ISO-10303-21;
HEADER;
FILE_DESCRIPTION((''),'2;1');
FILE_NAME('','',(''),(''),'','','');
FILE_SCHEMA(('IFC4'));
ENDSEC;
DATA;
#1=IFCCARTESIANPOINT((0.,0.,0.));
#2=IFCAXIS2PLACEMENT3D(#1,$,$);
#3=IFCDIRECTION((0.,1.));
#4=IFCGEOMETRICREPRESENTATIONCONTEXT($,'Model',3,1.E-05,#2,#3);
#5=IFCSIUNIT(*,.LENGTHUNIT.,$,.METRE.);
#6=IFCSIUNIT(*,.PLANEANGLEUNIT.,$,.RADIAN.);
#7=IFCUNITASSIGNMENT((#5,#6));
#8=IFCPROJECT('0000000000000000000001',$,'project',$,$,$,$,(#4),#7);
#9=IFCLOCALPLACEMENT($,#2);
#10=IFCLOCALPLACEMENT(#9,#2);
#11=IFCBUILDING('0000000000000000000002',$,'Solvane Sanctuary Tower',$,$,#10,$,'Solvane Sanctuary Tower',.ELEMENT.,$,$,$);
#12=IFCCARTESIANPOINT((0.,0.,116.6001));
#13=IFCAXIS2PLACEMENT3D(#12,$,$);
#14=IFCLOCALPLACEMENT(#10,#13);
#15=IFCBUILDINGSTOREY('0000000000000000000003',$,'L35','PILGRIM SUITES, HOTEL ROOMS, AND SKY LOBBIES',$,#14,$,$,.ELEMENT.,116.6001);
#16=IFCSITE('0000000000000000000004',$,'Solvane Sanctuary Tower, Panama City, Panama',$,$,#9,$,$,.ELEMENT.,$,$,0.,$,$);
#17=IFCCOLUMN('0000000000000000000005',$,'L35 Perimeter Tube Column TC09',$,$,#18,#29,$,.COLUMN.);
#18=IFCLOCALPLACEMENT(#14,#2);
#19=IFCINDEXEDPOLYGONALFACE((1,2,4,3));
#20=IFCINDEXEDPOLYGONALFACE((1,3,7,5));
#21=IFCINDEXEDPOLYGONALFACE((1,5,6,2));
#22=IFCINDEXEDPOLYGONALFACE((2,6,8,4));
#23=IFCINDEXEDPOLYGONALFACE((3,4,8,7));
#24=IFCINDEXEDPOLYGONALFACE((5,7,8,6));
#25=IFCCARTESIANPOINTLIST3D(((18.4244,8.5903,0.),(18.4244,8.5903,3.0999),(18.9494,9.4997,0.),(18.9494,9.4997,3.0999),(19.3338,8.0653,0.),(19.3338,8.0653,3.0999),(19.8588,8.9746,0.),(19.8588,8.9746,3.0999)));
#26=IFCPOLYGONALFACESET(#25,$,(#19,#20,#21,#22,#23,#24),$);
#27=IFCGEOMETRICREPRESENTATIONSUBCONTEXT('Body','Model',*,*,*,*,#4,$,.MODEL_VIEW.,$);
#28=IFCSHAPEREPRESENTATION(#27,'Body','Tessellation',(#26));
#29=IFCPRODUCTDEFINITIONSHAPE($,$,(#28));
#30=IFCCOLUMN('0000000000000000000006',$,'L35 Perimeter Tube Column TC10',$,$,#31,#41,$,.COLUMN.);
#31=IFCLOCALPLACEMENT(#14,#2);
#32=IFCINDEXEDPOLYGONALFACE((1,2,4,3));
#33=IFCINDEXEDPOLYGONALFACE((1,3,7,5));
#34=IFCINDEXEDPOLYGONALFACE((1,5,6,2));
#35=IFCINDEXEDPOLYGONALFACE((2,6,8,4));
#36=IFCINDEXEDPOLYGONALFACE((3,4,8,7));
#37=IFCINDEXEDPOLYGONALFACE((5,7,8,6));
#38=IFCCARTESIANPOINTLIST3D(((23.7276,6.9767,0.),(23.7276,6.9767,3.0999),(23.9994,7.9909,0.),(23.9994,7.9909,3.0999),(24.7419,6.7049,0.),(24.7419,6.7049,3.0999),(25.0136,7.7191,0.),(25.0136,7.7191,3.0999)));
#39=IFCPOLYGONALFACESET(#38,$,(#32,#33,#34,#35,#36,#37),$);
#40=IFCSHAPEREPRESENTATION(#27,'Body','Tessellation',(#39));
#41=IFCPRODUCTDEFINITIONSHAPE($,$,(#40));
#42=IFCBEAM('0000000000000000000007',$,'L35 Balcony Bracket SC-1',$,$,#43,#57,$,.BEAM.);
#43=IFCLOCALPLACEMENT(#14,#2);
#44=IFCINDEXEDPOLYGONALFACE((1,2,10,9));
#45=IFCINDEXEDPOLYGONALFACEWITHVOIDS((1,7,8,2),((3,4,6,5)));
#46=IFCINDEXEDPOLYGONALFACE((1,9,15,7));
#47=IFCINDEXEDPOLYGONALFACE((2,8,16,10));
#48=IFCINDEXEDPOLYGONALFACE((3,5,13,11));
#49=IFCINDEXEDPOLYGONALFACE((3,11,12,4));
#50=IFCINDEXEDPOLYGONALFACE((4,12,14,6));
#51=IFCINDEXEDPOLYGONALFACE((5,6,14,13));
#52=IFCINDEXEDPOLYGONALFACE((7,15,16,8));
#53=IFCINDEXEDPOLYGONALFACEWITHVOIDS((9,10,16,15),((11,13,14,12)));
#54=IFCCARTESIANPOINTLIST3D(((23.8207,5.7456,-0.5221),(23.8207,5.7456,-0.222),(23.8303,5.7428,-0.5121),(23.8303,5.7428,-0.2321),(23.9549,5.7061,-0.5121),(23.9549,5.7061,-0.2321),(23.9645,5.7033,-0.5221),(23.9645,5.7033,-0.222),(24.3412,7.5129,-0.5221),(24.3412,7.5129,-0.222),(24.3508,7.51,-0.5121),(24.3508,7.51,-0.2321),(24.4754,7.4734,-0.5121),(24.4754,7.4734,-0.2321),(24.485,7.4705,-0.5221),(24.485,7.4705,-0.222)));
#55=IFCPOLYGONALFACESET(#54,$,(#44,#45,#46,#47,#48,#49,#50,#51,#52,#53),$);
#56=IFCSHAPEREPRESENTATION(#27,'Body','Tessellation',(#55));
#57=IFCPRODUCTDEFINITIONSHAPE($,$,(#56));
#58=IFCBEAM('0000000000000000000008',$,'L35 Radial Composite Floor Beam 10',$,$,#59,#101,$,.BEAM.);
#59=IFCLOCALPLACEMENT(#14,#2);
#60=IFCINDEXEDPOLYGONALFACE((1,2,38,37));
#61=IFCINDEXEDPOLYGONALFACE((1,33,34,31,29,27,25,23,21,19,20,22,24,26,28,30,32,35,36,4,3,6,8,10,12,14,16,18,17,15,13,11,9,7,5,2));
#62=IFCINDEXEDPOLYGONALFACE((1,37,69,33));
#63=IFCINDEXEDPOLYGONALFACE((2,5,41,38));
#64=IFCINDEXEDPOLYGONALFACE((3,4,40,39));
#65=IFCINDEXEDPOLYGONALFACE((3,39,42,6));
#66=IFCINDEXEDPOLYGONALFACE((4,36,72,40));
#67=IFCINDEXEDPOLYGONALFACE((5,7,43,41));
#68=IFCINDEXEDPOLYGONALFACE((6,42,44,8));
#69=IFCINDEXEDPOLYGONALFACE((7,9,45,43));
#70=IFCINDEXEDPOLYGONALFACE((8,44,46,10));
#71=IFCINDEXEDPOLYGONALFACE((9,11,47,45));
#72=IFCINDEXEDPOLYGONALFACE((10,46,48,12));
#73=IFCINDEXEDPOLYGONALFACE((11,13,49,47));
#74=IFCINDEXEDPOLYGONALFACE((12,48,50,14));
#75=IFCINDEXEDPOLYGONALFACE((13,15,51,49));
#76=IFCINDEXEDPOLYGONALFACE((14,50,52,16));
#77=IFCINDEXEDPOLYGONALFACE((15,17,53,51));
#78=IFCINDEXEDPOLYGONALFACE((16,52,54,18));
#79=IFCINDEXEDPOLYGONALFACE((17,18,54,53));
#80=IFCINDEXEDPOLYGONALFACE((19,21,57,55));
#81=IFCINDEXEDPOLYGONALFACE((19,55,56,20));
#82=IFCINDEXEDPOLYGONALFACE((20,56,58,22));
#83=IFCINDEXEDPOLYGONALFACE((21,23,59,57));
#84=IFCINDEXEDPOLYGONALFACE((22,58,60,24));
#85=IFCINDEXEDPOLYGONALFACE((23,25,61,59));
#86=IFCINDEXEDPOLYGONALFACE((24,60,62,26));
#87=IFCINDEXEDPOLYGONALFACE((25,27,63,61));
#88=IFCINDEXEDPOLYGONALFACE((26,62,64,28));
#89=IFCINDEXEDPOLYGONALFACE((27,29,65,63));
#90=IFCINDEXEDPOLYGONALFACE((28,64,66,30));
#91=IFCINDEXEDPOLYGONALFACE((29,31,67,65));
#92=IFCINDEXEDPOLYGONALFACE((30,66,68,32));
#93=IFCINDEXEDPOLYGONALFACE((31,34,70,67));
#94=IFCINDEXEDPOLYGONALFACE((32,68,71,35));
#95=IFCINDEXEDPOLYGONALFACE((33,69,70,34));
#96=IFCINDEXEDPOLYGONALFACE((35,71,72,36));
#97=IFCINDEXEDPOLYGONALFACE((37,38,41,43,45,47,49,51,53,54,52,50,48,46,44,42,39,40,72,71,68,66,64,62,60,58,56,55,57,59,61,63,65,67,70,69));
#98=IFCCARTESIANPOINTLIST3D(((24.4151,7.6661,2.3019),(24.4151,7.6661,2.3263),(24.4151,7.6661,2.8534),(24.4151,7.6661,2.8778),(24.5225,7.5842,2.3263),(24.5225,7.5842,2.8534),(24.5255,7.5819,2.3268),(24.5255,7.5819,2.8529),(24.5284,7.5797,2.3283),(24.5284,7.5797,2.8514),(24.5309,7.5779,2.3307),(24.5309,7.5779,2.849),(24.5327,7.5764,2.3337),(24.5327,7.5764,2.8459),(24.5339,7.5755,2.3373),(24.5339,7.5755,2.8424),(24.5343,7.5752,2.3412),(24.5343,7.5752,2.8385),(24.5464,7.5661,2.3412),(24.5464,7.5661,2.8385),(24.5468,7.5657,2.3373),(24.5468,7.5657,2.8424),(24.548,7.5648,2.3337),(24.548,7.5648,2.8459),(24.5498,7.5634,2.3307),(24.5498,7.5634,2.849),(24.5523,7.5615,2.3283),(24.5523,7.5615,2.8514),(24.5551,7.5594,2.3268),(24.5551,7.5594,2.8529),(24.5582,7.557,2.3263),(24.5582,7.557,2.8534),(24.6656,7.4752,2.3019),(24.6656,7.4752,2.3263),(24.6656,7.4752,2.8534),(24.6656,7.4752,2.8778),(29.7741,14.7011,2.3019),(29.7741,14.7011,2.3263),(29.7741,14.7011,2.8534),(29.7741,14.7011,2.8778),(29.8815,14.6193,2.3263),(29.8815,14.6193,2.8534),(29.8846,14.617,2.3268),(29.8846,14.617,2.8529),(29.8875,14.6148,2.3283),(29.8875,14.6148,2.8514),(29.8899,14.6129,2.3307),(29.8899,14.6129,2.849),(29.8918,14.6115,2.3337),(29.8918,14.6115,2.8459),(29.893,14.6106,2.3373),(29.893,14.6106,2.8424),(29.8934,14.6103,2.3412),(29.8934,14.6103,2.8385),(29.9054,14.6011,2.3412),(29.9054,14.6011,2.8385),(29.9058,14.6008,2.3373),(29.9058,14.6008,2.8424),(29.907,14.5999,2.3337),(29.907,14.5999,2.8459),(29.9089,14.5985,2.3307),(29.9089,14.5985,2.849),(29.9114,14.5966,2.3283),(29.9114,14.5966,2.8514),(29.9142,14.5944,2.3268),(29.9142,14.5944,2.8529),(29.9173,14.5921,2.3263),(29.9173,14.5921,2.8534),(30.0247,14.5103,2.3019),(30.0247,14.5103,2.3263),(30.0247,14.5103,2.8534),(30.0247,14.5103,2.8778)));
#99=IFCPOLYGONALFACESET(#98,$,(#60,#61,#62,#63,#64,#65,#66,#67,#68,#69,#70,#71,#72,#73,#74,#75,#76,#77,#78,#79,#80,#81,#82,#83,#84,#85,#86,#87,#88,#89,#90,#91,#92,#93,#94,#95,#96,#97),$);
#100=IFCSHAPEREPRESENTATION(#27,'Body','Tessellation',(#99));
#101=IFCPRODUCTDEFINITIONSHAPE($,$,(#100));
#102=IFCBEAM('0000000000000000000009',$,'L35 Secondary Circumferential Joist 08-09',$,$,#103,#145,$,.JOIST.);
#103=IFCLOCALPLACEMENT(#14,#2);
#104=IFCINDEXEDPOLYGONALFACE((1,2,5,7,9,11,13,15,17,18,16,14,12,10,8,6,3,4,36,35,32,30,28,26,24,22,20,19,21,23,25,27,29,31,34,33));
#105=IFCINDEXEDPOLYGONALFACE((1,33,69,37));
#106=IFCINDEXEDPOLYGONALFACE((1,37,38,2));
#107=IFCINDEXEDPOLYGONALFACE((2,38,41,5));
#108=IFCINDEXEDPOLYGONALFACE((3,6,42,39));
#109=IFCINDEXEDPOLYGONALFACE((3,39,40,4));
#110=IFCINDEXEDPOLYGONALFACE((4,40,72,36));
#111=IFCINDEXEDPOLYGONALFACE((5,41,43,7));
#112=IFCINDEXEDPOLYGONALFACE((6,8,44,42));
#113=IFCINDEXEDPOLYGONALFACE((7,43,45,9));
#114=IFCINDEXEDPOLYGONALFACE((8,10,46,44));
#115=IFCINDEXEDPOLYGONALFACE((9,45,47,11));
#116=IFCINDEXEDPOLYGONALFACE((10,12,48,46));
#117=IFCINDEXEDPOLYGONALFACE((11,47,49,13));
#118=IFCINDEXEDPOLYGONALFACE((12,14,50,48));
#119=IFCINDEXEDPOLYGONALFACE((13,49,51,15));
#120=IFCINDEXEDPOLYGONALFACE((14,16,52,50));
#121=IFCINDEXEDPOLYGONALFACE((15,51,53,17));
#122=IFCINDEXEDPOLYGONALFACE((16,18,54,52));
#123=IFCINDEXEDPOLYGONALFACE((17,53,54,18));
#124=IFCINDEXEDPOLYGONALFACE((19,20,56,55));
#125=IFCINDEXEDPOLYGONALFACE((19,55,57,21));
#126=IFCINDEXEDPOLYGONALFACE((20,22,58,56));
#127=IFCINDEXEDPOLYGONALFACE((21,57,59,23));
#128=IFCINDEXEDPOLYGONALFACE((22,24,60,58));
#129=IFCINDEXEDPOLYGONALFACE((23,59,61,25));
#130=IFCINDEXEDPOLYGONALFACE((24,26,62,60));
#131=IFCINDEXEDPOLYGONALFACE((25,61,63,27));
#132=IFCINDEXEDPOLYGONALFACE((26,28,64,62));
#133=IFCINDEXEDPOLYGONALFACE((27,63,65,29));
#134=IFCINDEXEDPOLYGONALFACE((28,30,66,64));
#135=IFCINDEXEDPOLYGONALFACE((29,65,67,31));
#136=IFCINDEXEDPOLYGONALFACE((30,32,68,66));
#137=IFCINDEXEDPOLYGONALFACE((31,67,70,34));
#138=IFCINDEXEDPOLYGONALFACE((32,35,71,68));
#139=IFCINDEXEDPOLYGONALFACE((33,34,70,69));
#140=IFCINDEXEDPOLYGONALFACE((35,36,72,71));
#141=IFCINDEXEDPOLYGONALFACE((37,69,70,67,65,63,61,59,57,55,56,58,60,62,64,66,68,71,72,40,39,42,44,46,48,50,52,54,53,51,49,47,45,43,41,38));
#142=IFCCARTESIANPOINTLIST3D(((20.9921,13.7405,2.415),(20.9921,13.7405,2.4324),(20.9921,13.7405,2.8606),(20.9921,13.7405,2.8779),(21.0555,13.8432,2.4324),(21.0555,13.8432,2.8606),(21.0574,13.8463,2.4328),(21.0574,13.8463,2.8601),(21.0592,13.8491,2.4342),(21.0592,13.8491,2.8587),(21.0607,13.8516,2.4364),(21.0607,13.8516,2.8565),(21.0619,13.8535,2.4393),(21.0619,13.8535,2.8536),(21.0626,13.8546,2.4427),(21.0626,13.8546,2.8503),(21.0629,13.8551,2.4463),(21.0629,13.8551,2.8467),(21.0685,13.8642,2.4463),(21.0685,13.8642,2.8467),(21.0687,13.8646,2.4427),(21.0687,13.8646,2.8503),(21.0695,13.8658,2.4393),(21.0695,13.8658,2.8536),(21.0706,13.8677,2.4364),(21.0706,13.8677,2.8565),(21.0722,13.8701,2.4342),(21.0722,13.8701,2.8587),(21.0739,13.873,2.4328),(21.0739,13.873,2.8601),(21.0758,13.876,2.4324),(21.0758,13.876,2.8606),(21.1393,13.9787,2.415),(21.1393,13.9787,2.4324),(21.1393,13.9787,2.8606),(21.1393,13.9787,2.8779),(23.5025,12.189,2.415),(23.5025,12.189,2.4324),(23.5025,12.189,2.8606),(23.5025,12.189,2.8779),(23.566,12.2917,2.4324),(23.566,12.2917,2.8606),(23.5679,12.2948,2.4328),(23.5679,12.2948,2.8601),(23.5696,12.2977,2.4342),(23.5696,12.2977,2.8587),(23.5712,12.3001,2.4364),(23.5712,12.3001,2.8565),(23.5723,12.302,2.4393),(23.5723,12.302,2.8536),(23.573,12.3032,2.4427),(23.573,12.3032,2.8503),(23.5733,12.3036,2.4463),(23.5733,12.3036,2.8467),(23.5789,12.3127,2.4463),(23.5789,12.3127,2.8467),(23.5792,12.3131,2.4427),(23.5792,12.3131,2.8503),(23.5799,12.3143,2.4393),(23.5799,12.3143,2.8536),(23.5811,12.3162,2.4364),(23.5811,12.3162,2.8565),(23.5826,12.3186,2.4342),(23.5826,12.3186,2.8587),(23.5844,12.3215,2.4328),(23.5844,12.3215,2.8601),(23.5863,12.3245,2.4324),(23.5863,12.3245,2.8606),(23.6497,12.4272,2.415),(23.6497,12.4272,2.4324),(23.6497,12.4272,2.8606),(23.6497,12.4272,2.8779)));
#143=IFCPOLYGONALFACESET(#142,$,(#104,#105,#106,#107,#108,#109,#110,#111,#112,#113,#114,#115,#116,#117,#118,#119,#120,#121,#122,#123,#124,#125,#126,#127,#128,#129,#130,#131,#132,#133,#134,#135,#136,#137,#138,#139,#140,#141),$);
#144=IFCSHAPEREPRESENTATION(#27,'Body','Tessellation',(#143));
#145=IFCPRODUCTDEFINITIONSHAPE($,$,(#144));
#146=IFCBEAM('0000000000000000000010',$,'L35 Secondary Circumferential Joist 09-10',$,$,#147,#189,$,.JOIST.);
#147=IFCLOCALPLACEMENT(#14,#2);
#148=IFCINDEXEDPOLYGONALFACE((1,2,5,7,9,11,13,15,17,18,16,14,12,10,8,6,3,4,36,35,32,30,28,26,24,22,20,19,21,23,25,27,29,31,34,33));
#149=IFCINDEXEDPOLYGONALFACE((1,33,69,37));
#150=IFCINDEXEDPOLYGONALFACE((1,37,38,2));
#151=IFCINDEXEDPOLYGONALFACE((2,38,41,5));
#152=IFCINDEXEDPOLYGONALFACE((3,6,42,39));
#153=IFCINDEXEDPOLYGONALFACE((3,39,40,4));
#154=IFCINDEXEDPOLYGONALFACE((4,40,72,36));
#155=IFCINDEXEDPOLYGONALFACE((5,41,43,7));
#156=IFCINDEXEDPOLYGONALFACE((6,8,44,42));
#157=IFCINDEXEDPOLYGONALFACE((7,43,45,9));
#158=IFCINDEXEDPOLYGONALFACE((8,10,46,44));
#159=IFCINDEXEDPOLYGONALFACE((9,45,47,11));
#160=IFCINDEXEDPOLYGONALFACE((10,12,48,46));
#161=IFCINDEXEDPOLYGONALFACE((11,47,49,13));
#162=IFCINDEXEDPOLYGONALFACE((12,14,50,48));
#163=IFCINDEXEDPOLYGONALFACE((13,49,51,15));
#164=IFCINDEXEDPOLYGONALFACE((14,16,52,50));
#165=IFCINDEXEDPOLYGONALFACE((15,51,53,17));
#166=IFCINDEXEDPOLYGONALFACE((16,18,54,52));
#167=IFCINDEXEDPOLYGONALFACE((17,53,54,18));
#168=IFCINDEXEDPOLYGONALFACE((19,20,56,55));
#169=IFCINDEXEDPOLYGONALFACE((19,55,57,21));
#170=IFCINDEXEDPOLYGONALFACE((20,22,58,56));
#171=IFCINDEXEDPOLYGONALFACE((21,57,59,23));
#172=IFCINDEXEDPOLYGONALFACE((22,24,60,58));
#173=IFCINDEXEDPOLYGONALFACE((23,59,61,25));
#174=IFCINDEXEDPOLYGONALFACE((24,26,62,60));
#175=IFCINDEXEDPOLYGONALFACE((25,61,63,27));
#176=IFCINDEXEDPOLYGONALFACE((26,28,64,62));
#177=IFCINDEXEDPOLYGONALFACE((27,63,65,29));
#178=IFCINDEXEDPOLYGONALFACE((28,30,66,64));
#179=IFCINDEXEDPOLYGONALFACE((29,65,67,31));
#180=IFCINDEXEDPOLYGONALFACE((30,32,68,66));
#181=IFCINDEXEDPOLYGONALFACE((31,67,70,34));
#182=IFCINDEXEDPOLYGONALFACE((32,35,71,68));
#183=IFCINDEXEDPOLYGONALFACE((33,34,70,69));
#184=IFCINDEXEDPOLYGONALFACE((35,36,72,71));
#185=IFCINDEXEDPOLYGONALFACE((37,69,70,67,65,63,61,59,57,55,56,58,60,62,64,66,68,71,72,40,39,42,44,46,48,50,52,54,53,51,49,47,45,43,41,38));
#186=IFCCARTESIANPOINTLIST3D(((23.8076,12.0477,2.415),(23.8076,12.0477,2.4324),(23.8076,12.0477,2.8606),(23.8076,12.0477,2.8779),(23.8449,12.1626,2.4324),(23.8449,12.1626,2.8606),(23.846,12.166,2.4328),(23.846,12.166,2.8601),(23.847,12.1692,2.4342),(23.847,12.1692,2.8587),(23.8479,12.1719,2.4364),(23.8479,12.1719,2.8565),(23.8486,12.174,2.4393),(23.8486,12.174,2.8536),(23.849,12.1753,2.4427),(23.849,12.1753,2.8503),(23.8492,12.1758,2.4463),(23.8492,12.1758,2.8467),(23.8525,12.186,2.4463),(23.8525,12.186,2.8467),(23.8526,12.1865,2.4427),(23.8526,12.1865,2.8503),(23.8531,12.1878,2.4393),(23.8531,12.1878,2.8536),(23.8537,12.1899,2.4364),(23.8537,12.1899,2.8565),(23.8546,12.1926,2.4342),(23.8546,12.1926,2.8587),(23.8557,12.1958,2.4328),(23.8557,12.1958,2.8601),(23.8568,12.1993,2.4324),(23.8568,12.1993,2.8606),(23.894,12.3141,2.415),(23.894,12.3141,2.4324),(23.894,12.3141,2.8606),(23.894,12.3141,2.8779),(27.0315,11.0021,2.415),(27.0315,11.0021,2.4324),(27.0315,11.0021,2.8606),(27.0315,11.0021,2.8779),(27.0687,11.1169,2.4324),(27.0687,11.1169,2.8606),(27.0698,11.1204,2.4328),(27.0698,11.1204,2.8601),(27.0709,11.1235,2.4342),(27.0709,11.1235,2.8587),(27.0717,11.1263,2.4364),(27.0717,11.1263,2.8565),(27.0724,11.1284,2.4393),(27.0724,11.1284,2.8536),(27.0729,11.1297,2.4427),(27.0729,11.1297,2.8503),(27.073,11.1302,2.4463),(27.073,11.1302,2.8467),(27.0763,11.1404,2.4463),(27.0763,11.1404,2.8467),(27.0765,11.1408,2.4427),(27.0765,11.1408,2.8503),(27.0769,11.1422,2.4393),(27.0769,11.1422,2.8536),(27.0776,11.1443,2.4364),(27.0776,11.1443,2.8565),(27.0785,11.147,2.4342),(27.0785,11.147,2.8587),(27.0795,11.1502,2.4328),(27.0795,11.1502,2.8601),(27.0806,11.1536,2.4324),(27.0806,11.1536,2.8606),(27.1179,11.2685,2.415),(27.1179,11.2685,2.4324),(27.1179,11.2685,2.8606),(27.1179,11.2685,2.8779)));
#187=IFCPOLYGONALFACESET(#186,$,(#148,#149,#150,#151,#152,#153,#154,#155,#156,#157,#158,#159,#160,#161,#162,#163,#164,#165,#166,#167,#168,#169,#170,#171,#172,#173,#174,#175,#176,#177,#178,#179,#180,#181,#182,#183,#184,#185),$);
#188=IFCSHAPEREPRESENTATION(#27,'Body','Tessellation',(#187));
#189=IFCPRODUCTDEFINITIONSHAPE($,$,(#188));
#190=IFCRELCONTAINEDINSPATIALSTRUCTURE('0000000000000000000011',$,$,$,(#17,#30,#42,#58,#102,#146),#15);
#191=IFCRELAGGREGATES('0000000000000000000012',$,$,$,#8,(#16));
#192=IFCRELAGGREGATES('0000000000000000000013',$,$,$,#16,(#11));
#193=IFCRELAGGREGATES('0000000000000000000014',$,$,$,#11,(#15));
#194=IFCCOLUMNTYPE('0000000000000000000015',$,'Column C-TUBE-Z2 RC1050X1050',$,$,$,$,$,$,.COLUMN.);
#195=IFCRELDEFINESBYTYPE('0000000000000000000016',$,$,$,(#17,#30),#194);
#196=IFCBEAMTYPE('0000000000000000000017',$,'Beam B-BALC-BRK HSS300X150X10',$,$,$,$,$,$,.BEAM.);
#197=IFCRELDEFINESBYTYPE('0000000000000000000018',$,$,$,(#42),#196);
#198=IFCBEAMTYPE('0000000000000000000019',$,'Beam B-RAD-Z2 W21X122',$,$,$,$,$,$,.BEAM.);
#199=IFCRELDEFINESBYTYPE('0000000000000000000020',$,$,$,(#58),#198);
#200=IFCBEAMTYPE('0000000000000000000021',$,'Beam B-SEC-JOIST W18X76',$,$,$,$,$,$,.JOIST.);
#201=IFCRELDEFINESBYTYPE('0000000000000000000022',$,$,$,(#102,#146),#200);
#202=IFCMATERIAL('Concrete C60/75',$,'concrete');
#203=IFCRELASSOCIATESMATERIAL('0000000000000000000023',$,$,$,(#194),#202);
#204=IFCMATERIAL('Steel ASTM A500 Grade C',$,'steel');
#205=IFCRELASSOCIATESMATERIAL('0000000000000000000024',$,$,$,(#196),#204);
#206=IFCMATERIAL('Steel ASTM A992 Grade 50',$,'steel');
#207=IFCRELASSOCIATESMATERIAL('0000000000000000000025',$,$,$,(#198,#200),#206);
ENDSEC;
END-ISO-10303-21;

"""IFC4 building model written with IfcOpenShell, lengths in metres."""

from ifc_helpers import new_model, si_unit, direction, frame, origin, origin_2d, place, context, subcontext, project, spatial, rectangle, hollow_rectangle, i_section, extrude, material, material_profile, profile_set, type_object, element, save


model = new_model("IFC4")

# Units and contexts
model_context = context("Model", 3, precision=1e-05, world=origin(), true_north=direction((0.0, 1.0)))
body_context = subcontext(model_context, "Body", "Model", "MODEL_VIEW")
ifc_project = project(units=[si_unit("LENGTHUNIT", "METRE"), si_unit("PLANEANGLEUNIT", "RADIAN")], contexts=[model_context])

# Site, building, storey
site_placement = place(None, origin())
site = spatial("IfcSite", under=ifc_project, at=site_placement, Name="Solvane Sanctuary Tower, Panama City, Panama", CompositionType="ELEMENT", RefElevation=0.0)
building_placement = place(site_placement, origin())
building = spatial("IfcBuilding", under=site, at=building_placement, Name="Solvane Sanctuary Tower", LongName="Solvane Sanctuary Tower", CompositionType="ELEMENT")
storey_placement = place(building_placement, frame((0.0, 0.0, 116.6001)))
storey = spatial("IfcBuildingStorey", under=building, at=storey_placement, Name="L35", Description="PILGRIM SUITES, HOTEL ROOMS, AND SKY LOBBIES", CompositionType="ELEMENT", Elevation=116.6001)

# Columns
ifc_material_1 = material(Name="Concrete C60/75", Category="concrete")
ifc_material_profile_1 = material_profile(ifc_material_1, rectangle(XDim=1.05, YDim=1.05, at=origin_2d()), Name="RC1050X1050")
ifc_profile_set_1 = profile_set([ifc_material_profile_1], Name="Concrete C60/75")
column_type = type_object("IfcColumnType", Name="Column C-TUBE-Z2 RC1050X1050", PredefinedType="COLUMN", material=ifc_profile_set_1)
for number, where, z_axis, x_axis, name in (
    (1, (19.1416, 8.7825, 0.0), (0.0, 0.0, 1.0), (-0.5, -0.866025, 0.0), "L35 Perimeter Tube Column TC09"),
    (2, (24.3706, 7.3479, 0.0), (0.0, 0.0, 1.0), (-0.258819, -0.965926, 0.0), "L35 Perimeter Tube Column TC10"),
):
    element("IfcColumn", number, at=place(storey_placement, frame(where, z_axis=z_axis, x_axis=x_axis)), inside=storey, type_object=column_type, Name=name, PredefinedType="COLUMN", context=body_context, shape_type="SweptSolid", body=[
        extrude(rectangle(XDim=1.05, YDim=1.05, at=origin_2d()), origin(), (0.0, 0.0, 1.0), 3.0999),
    ])

# Beams
ifc_material_2 = material(Name="Steel ASTM A500 Grade C", Category="steel")
ifc_material_profile_2 = material_profile(ifc_material_2, hollow_rectangle(XDim=0.1499, YDim=0.3, WallThickness=0.01, at=origin_2d()), Name="HSS300X150X10")
ifc_profile_set_2 = profile_set([ifc_material_profile_2], Name="Steel ASTM A500 Grade C")
beam_type_1 = type_object("IfcBeamType", Name="Beam B-BALC-BRK HSS300X150X10", PredefinedType="BEAM", material=ifc_profile_set_2)
beam_1_placement = place(storey_placement, frame((24.4131, 7.4917, -0.3721), z_axis=(-0.282518, -0.959262, 0.0), x_axis=(0.959262, -0.282518, 0.0)))
element("IfcBeam", 3, at=beam_1_placement, inside=storey, type_object=beam_type_1, Name="L35 Balcony Bracket SC-1", PredefinedType="BEAM", context=body_context, shape_type="SweptSolid", body=[
    extrude(hollow_rectangle(XDim=0.1499, YDim=0.3, WallThickness=0.01, at=origin_2d()), origin(), (0.0, 0.0, 1.0), 1.8423),
])
ifc_material_3 = material(Name="Steel ASTM A992 Grade 50", Category="steel")
ifc_material_profile_3 = material_profile(ifc_material_3, i_section(OverallWidth=0.3149, OverallDepth=0.5759, WebThickness=0.0151, FlangeThickness=0.0244, FilletRadius=0.0149, at=origin_2d()), Name="W21X122")
ifc_profile_set_3 = profile_set([ifc_material_profile_3], Name="Steel ASTM A992 Grade 50")
beam_type_2 = type_object("IfcBeamType", Name="Beam B-RAD-Z2 W21X122", PredefinedType="BEAM", material=ifc_profile_set_3)
beam_2_placement = place(storey_placement, frame((29.8994, 14.6057, 2.5898), z_axis=(-0.605973, -0.795486, 0.0), x_axis=(0.795486, -0.605973, 0.0)))
element("IfcBeam", 4, at=beam_2_placement, inside=storey, type_object=beam_type_2, Name="L35 Radial Composite Floor Beam 10", PredefinedType="BEAM", context=body_context, shape_type="SweptSolid", body=[
    extrude(i_section(OverallWidth=0.3149, OverallDepth=0.5759, WebThickness=0.0151, FlangeThickness=0.0244, FilletRadius=0.0149, at=origin_2d()), origin(), (0.0, 0.0, 1.0), 8.8438),
])
ifc_material_profile_4 = material_profile(ifc_material_3, i_section(OverallWidth=0.28, OverallDepth=0.4629, WebThickness=0.0107, FlangeThickness=0.0173, FilletRadius=0.0139, at=origin_2d()), Name="W18X76")
ifc_profile_set_4 = profile_set([ifc_material_profile_4], Name="Steel ASTM A992 Grade 50")
beam_type_3 = type_object("IfcBeamType", Name="Beam B-SEC-JOIST W18X76", PredefinedType="JOIST", material=ifc_profile_set_4)
beam_3_placement = place(storey_placement, frame((21.0657, 13.8596, 2.6465), z_axis=(0.85066, -0.525717, 0.0), x_axis=(0.525717, 0.85066, 0.0)))
element("IfcBeam", 5, at=beam_3_placement, inside=storey, type_object=beam_type_3, Name="L35 Secondary Circumferential Joist 08-09", PredefinedType="JOIST", context=body_context, shape_type="SweptSolid", body=[
    extrude(i_section(OverallWidth=0.28, OverallDepth=0.4629, WebThickness=0.0107, FlangeThickness=0.0173, FilletRadius=0.0139, at=origin_2d()), origin(), (0.0, 0.0, 1.0), 2.9512),
])
beam_4_placement = place(storey_placement, frame((23.8508, 12.1809, 2.6465), z_axis=(0.951217, -0.308524, 0.0), x_axis=(0.308524, 0.951217, 0.0)))
element("IfcBeam", 6, at=beam_4_placement, inside=storey, type_object=beam_type_3, Name="L35 Secondary Circumferential Joist 09-10", PredefinedType="JOIST", context=body_context, shape_type="SweptSolid", body=[
    extrude(i_section(OverallWidth=0.28, OverallDepth=0.4629, WebThickness=0.0107, FlangeThickness=0.0173, FilletRadius=0.0139, at=origin_2d()), origin(), (0.0, 0.0, 1.0), 3.3892),
])

save(model, "model.ifc")
